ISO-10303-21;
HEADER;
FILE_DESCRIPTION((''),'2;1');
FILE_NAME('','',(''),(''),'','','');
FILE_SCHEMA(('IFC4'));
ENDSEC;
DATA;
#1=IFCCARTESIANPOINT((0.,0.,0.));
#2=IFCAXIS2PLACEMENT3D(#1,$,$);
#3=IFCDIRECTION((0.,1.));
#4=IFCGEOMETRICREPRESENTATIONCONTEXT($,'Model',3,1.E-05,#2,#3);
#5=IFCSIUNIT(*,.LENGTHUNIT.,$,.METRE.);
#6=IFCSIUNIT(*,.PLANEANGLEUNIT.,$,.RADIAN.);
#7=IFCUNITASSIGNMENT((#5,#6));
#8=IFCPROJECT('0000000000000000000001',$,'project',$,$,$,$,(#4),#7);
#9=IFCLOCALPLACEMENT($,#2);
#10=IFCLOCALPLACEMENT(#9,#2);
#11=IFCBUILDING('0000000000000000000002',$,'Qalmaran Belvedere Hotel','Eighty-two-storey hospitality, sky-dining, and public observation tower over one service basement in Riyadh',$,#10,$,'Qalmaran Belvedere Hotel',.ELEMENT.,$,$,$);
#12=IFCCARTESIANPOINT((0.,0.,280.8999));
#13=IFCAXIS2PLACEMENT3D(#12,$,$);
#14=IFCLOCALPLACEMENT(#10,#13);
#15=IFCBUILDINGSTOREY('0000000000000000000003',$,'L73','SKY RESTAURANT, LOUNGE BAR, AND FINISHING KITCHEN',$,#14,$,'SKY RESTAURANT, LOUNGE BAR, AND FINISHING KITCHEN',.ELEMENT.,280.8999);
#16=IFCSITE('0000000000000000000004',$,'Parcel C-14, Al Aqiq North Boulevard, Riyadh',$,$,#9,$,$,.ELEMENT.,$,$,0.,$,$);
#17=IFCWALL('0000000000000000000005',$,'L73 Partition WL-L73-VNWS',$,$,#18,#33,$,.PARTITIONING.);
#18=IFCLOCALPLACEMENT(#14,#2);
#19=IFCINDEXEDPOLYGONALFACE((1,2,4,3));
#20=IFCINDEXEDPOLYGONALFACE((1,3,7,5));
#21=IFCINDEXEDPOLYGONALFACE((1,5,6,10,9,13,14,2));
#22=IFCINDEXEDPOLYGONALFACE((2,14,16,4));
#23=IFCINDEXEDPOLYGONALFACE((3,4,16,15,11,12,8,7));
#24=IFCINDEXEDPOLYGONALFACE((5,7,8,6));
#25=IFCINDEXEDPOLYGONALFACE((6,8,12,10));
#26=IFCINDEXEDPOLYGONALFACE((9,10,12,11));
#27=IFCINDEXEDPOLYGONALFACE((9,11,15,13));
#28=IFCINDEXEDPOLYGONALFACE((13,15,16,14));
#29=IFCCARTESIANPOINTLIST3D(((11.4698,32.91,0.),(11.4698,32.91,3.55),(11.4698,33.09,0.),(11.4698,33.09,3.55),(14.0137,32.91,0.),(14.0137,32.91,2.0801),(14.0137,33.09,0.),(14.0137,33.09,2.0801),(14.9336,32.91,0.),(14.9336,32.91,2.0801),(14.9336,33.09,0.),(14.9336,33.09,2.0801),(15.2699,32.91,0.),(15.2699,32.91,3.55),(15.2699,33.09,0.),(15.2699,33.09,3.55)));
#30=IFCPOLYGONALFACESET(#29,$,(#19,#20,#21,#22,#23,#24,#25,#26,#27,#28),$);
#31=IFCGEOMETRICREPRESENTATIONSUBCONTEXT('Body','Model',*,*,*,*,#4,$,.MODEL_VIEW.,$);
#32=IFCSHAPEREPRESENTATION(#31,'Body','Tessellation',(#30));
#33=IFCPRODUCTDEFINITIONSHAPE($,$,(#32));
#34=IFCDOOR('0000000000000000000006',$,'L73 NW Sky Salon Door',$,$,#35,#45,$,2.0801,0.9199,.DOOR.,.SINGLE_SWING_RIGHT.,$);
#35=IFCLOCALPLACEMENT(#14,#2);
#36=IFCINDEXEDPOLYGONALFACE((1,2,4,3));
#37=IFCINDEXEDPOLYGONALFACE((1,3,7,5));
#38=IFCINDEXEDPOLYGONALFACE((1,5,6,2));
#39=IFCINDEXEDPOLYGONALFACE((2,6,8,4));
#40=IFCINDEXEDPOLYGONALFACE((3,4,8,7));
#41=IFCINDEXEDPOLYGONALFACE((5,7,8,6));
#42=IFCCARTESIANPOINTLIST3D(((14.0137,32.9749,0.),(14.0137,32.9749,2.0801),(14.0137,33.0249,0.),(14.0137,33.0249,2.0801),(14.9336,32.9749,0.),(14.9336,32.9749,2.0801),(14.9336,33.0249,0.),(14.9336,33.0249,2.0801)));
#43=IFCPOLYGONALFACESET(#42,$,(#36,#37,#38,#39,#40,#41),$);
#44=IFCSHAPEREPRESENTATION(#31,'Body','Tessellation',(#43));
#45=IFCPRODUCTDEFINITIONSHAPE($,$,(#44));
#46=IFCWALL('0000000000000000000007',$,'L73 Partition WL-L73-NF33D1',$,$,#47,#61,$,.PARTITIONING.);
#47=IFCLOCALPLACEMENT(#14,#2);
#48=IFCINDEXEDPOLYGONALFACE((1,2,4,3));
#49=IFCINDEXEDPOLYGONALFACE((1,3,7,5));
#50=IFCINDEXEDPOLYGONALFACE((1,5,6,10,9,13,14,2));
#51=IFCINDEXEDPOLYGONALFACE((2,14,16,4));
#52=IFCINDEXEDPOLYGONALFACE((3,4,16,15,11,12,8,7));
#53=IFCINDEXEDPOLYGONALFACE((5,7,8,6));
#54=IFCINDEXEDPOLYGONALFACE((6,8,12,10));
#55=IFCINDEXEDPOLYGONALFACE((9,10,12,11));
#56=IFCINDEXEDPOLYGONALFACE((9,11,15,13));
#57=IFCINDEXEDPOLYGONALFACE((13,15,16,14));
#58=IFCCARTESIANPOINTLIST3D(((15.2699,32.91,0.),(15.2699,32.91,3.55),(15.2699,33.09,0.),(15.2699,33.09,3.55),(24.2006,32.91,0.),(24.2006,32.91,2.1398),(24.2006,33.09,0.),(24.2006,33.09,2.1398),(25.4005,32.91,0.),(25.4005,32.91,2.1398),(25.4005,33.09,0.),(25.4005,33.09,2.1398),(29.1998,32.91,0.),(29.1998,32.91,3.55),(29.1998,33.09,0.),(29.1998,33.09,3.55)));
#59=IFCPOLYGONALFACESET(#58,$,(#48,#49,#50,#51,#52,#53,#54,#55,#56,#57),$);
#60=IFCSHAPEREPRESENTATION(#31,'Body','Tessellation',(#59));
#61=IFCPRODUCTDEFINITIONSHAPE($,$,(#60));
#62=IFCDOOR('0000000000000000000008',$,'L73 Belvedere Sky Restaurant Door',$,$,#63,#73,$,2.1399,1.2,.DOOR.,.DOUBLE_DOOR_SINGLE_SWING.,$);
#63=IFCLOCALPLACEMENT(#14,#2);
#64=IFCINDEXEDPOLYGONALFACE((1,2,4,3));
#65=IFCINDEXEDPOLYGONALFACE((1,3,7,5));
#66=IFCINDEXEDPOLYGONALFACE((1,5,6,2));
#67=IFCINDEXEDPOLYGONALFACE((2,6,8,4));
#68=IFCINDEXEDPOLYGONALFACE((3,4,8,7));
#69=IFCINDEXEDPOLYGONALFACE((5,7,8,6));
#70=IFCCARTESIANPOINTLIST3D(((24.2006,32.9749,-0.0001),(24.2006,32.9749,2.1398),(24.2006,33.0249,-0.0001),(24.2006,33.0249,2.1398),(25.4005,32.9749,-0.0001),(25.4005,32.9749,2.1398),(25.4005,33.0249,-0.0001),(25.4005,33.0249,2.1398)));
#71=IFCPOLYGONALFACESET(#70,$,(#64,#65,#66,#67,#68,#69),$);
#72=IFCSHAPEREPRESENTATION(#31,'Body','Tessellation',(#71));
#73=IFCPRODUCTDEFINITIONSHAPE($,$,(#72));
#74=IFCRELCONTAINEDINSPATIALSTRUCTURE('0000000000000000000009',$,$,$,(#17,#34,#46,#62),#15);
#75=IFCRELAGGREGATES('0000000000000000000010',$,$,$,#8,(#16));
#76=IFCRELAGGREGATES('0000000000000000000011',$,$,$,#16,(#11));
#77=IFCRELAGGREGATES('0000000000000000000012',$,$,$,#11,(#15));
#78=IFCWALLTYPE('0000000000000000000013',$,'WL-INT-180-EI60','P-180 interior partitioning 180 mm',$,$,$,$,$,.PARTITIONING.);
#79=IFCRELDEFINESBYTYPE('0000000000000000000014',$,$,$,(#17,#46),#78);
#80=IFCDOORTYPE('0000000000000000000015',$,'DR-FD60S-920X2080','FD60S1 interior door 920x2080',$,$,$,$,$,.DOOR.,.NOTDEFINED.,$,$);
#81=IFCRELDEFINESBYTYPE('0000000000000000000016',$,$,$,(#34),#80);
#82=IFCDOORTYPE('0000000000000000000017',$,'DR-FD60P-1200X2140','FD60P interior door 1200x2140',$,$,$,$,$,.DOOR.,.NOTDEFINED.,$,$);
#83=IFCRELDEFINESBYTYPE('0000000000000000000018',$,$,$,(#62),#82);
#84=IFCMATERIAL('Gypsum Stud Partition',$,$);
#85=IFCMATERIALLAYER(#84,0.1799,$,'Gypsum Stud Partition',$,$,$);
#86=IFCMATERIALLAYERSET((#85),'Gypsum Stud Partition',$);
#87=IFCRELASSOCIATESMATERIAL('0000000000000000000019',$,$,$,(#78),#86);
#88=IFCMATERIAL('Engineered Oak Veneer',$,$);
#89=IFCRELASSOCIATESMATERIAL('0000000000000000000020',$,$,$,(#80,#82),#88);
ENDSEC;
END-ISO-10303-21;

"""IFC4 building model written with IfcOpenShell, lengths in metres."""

from ifc_helpers import new_model, si_unit, direction, frame, frame_2d, origin, place, context, subcontext, project, spatial, rectangle, extrude, material, layer, layer_set, type_object, element, fill, save


model = new_model("IFC4")

# Units and contexts
model_context = context("Model", 3, precision=1e-05, world=origin(), true_north=direction((0.0, 1.0)))
body_context = subcontext(model_context, "Body", "Model", "MODEL_VIEW")
ifc_project = project(units=[si_unit("LENGTHUNIT", "METRE"), si_unit("PLANEANGLEUNIT", "RADIAN")], contexts=[model_context])

# Site, building, storey
site_placement = place(None, origin())
site = spatial("IfcSite", under=ifc_project, at=site_placement, Name="Parcel C-14, Al Aqiq North Boulevard, Riyadh", CompositionType="ELEMENT", RefElevation=0.0)
building_placement = place(site_placement, origin())
building = spatial("IfcBuilding", under=site, at=building_placement, Name="Qalmaran Belvedere Hotel", Description="Eighty-two-storey hospitality, sky-dining, and public observation tower over one service basement in Riyadh", LongName="Qalmaran Belvedere Hotel", CompositionType="ELEMENT")
storey_placement = place(building_placement, frame((0.0, 0.0, 280.8999)))
storey = spatial("IfcBuildingStorey", under=building, at=storey_placement, Name="L73", Description="SKY RESTAURANT, LOUNGE BAR, AND FINISHING KITCHEN", LongName="SKY RESTAURANT, LOUNGE BAR, AND FINISHING KITCHEN", CompositionType="ELEMENT", Elevation=280.8999)

# Shared definitions
ifc_material_1 = material(Name="Gypsum Stud Partition")

# Walls, openings, doors
ifc_layer_1 = layer(ifc_material_1, 0.1799, Name="Gypsum Stud Partition")
ifc_layer_set_1 = layer_set([ifc_layer_1], Name="Gypsum Stud Partition")
wall_type_1 = type_object("IfcWallType", Name="WL-INT-180-EI60", Description="P-180 interior partitioning 180 mm", PredefinedType="PARTITIONING", material=ifc_layer_set_1)
wall_1_placement = place(storey_placement, frame((11.47, 33.0, 0.0), z_axis=(0.0, 0.0, 1.0), x_axis=(1.0, 0.0, 0.0)))
wall_1 = element("IfcWall", 1, at=wall_1_placement, inside=storey, type_object=wall_type_1, Name="L73 Partition WL-L73-VNWS", PredefinedType="PARTITIONING", context=body_context, shape_type="SweptSolid", body=[
    extrude(rectangle(XDim=3.8, YDim=0.1799, at=frame_2d((1.8999, 0.0))), origin(), (0.0, 0.0, 1.0), 3.55),
])
opening_1_placement = place(wall_1_placement, frame((2.5437, 0.0, 0.0)))
opening_1 = element("IfcOpeningElement", 2, at=opening_1_placement, cuts=wall_1, PredefinedType="OPENING", context=body_context, shape_type="SweptSolid", body=[
    extrude(rectangle(XDim=0.9199, YDim=2.0801, at=frame_2d((0.46, 1.04))), frame((0.0, 0.1001, 0.0), z_axis=(0.0, -1.0, 0.0), x_axis=(1.0, 0.0, 0.0)), (0.0, 0.0, 1.0), 0.2),
])
ifc_material_2 = material(Name="Engineered Oak Veneer")
door_type_1 = type_object("IfcDoorType", Name="DR-FD60S-920X2080", Description="FD60S1 interior door 920x2080", OperationType="NOTDEFINED", PredefinedType="DOOR", material=ifc_material_2)
door_1_placement = place(opening_1_placement, origin())
door_1 = element("IfcDoor", 3, at=door_1_placement, inside=storey, type_object=door_type_1, Name="L73 NW Sky Salon Door", OperationType="SINGLE_SWING_RIGHT", OverallHeight=2.0801, OverallWidth=0.9199, PredefinedType="DOOR", context=body_context, shape_type="SweptSolid", body=[
    extrude(rectangle(XDim=0.9199, YDim=2.0801, at=frame_2d((0.46, 1.04))), frame((0.0, 0.0249, 0.0), z_axis=(0.0, -1.0, 0.0), x_axis=(1.0, 0.0, 0.0)), (0.0, 0.0, 1.0), 0.05),
])
fill(opening_1, door_1)
wall_2_placement = place(storey_placement, frame((15.27, 33.0, 0.0), z_axis=(0.0, 0.0, 1.0), x_axis=(1.0, 0.0, 0.0)))
wall_2 = element("IfcWall", 4, at=wall_2_placement, inside=storey, type_object=wall_type_1, Name="L73 Partition WL-L73-NF33D1", PredefinedType="PARTITIONING", context=body_context, shape_type="SweptSolid", body=[
    extrude(rectangle(XDim=13.9299, YDim=0.1799, at=frame_2d((6.9648, 0.0))), origin(), (0.0, 0.0, 1.0), 3.55),
])
opening_2_placement = place(wall_2_placement, frame((8.9304, 0.0, 0.0)))
opening_2 = element("IfcOpeningElement", 5, at=opening_2_placement, cuts=wall_2, PredefinedType="OPENING", context=body_context, shape_type="SweptSolid", body=[
    extrude(rectangle(XDim=1.2, YDim=2.1399, at=frame_2d((0.6001, 1.0698))), frame((0.0, 0.1001, 0.0), z_axis=(0.0, -1.0, 0.0), x_axis=(1.0, 0.0, 0.0)), (0.0, 0.0, 1.0), 0.2),
])
door_type_2 = type_object("IfcDoorType", Name="DR-FD60P-1200X2140", Description="FD60P interior door 1200x2140", OperationType="NOTDEFINED", PredefinedType="DOOR", material=ifc_material_2)
door_2_placement = place(opening_2_placement, origin())
door_2 = element("IfcDoor", 6, at=door_2_placement, inside=storey, type_object=door_type_2, Name="L73 Belvedere Sky Restaurant Door", OperationType="DOUBLE_DOOR_SINGLE_SWING", OverallHeight=2.1399, OverallWidth=1.2, PredefinedType="DOOR", context=body_context, shape_type="SweptSolid", body=[
    extrude(rectangle(XDim=1.2, YDim=2.1399, at=frame_2d((0.6001, 1.0698))), frame((0.0, 0.0249, 0.0), z_axis=(0.0, -1.0, 0.0), x_axis=(1.0, 0.0, 0.0)), (0.0, 0.0, 1.0), 0.05),
])
fill(opening_2, door_2)

save(model, "model.ifc")
